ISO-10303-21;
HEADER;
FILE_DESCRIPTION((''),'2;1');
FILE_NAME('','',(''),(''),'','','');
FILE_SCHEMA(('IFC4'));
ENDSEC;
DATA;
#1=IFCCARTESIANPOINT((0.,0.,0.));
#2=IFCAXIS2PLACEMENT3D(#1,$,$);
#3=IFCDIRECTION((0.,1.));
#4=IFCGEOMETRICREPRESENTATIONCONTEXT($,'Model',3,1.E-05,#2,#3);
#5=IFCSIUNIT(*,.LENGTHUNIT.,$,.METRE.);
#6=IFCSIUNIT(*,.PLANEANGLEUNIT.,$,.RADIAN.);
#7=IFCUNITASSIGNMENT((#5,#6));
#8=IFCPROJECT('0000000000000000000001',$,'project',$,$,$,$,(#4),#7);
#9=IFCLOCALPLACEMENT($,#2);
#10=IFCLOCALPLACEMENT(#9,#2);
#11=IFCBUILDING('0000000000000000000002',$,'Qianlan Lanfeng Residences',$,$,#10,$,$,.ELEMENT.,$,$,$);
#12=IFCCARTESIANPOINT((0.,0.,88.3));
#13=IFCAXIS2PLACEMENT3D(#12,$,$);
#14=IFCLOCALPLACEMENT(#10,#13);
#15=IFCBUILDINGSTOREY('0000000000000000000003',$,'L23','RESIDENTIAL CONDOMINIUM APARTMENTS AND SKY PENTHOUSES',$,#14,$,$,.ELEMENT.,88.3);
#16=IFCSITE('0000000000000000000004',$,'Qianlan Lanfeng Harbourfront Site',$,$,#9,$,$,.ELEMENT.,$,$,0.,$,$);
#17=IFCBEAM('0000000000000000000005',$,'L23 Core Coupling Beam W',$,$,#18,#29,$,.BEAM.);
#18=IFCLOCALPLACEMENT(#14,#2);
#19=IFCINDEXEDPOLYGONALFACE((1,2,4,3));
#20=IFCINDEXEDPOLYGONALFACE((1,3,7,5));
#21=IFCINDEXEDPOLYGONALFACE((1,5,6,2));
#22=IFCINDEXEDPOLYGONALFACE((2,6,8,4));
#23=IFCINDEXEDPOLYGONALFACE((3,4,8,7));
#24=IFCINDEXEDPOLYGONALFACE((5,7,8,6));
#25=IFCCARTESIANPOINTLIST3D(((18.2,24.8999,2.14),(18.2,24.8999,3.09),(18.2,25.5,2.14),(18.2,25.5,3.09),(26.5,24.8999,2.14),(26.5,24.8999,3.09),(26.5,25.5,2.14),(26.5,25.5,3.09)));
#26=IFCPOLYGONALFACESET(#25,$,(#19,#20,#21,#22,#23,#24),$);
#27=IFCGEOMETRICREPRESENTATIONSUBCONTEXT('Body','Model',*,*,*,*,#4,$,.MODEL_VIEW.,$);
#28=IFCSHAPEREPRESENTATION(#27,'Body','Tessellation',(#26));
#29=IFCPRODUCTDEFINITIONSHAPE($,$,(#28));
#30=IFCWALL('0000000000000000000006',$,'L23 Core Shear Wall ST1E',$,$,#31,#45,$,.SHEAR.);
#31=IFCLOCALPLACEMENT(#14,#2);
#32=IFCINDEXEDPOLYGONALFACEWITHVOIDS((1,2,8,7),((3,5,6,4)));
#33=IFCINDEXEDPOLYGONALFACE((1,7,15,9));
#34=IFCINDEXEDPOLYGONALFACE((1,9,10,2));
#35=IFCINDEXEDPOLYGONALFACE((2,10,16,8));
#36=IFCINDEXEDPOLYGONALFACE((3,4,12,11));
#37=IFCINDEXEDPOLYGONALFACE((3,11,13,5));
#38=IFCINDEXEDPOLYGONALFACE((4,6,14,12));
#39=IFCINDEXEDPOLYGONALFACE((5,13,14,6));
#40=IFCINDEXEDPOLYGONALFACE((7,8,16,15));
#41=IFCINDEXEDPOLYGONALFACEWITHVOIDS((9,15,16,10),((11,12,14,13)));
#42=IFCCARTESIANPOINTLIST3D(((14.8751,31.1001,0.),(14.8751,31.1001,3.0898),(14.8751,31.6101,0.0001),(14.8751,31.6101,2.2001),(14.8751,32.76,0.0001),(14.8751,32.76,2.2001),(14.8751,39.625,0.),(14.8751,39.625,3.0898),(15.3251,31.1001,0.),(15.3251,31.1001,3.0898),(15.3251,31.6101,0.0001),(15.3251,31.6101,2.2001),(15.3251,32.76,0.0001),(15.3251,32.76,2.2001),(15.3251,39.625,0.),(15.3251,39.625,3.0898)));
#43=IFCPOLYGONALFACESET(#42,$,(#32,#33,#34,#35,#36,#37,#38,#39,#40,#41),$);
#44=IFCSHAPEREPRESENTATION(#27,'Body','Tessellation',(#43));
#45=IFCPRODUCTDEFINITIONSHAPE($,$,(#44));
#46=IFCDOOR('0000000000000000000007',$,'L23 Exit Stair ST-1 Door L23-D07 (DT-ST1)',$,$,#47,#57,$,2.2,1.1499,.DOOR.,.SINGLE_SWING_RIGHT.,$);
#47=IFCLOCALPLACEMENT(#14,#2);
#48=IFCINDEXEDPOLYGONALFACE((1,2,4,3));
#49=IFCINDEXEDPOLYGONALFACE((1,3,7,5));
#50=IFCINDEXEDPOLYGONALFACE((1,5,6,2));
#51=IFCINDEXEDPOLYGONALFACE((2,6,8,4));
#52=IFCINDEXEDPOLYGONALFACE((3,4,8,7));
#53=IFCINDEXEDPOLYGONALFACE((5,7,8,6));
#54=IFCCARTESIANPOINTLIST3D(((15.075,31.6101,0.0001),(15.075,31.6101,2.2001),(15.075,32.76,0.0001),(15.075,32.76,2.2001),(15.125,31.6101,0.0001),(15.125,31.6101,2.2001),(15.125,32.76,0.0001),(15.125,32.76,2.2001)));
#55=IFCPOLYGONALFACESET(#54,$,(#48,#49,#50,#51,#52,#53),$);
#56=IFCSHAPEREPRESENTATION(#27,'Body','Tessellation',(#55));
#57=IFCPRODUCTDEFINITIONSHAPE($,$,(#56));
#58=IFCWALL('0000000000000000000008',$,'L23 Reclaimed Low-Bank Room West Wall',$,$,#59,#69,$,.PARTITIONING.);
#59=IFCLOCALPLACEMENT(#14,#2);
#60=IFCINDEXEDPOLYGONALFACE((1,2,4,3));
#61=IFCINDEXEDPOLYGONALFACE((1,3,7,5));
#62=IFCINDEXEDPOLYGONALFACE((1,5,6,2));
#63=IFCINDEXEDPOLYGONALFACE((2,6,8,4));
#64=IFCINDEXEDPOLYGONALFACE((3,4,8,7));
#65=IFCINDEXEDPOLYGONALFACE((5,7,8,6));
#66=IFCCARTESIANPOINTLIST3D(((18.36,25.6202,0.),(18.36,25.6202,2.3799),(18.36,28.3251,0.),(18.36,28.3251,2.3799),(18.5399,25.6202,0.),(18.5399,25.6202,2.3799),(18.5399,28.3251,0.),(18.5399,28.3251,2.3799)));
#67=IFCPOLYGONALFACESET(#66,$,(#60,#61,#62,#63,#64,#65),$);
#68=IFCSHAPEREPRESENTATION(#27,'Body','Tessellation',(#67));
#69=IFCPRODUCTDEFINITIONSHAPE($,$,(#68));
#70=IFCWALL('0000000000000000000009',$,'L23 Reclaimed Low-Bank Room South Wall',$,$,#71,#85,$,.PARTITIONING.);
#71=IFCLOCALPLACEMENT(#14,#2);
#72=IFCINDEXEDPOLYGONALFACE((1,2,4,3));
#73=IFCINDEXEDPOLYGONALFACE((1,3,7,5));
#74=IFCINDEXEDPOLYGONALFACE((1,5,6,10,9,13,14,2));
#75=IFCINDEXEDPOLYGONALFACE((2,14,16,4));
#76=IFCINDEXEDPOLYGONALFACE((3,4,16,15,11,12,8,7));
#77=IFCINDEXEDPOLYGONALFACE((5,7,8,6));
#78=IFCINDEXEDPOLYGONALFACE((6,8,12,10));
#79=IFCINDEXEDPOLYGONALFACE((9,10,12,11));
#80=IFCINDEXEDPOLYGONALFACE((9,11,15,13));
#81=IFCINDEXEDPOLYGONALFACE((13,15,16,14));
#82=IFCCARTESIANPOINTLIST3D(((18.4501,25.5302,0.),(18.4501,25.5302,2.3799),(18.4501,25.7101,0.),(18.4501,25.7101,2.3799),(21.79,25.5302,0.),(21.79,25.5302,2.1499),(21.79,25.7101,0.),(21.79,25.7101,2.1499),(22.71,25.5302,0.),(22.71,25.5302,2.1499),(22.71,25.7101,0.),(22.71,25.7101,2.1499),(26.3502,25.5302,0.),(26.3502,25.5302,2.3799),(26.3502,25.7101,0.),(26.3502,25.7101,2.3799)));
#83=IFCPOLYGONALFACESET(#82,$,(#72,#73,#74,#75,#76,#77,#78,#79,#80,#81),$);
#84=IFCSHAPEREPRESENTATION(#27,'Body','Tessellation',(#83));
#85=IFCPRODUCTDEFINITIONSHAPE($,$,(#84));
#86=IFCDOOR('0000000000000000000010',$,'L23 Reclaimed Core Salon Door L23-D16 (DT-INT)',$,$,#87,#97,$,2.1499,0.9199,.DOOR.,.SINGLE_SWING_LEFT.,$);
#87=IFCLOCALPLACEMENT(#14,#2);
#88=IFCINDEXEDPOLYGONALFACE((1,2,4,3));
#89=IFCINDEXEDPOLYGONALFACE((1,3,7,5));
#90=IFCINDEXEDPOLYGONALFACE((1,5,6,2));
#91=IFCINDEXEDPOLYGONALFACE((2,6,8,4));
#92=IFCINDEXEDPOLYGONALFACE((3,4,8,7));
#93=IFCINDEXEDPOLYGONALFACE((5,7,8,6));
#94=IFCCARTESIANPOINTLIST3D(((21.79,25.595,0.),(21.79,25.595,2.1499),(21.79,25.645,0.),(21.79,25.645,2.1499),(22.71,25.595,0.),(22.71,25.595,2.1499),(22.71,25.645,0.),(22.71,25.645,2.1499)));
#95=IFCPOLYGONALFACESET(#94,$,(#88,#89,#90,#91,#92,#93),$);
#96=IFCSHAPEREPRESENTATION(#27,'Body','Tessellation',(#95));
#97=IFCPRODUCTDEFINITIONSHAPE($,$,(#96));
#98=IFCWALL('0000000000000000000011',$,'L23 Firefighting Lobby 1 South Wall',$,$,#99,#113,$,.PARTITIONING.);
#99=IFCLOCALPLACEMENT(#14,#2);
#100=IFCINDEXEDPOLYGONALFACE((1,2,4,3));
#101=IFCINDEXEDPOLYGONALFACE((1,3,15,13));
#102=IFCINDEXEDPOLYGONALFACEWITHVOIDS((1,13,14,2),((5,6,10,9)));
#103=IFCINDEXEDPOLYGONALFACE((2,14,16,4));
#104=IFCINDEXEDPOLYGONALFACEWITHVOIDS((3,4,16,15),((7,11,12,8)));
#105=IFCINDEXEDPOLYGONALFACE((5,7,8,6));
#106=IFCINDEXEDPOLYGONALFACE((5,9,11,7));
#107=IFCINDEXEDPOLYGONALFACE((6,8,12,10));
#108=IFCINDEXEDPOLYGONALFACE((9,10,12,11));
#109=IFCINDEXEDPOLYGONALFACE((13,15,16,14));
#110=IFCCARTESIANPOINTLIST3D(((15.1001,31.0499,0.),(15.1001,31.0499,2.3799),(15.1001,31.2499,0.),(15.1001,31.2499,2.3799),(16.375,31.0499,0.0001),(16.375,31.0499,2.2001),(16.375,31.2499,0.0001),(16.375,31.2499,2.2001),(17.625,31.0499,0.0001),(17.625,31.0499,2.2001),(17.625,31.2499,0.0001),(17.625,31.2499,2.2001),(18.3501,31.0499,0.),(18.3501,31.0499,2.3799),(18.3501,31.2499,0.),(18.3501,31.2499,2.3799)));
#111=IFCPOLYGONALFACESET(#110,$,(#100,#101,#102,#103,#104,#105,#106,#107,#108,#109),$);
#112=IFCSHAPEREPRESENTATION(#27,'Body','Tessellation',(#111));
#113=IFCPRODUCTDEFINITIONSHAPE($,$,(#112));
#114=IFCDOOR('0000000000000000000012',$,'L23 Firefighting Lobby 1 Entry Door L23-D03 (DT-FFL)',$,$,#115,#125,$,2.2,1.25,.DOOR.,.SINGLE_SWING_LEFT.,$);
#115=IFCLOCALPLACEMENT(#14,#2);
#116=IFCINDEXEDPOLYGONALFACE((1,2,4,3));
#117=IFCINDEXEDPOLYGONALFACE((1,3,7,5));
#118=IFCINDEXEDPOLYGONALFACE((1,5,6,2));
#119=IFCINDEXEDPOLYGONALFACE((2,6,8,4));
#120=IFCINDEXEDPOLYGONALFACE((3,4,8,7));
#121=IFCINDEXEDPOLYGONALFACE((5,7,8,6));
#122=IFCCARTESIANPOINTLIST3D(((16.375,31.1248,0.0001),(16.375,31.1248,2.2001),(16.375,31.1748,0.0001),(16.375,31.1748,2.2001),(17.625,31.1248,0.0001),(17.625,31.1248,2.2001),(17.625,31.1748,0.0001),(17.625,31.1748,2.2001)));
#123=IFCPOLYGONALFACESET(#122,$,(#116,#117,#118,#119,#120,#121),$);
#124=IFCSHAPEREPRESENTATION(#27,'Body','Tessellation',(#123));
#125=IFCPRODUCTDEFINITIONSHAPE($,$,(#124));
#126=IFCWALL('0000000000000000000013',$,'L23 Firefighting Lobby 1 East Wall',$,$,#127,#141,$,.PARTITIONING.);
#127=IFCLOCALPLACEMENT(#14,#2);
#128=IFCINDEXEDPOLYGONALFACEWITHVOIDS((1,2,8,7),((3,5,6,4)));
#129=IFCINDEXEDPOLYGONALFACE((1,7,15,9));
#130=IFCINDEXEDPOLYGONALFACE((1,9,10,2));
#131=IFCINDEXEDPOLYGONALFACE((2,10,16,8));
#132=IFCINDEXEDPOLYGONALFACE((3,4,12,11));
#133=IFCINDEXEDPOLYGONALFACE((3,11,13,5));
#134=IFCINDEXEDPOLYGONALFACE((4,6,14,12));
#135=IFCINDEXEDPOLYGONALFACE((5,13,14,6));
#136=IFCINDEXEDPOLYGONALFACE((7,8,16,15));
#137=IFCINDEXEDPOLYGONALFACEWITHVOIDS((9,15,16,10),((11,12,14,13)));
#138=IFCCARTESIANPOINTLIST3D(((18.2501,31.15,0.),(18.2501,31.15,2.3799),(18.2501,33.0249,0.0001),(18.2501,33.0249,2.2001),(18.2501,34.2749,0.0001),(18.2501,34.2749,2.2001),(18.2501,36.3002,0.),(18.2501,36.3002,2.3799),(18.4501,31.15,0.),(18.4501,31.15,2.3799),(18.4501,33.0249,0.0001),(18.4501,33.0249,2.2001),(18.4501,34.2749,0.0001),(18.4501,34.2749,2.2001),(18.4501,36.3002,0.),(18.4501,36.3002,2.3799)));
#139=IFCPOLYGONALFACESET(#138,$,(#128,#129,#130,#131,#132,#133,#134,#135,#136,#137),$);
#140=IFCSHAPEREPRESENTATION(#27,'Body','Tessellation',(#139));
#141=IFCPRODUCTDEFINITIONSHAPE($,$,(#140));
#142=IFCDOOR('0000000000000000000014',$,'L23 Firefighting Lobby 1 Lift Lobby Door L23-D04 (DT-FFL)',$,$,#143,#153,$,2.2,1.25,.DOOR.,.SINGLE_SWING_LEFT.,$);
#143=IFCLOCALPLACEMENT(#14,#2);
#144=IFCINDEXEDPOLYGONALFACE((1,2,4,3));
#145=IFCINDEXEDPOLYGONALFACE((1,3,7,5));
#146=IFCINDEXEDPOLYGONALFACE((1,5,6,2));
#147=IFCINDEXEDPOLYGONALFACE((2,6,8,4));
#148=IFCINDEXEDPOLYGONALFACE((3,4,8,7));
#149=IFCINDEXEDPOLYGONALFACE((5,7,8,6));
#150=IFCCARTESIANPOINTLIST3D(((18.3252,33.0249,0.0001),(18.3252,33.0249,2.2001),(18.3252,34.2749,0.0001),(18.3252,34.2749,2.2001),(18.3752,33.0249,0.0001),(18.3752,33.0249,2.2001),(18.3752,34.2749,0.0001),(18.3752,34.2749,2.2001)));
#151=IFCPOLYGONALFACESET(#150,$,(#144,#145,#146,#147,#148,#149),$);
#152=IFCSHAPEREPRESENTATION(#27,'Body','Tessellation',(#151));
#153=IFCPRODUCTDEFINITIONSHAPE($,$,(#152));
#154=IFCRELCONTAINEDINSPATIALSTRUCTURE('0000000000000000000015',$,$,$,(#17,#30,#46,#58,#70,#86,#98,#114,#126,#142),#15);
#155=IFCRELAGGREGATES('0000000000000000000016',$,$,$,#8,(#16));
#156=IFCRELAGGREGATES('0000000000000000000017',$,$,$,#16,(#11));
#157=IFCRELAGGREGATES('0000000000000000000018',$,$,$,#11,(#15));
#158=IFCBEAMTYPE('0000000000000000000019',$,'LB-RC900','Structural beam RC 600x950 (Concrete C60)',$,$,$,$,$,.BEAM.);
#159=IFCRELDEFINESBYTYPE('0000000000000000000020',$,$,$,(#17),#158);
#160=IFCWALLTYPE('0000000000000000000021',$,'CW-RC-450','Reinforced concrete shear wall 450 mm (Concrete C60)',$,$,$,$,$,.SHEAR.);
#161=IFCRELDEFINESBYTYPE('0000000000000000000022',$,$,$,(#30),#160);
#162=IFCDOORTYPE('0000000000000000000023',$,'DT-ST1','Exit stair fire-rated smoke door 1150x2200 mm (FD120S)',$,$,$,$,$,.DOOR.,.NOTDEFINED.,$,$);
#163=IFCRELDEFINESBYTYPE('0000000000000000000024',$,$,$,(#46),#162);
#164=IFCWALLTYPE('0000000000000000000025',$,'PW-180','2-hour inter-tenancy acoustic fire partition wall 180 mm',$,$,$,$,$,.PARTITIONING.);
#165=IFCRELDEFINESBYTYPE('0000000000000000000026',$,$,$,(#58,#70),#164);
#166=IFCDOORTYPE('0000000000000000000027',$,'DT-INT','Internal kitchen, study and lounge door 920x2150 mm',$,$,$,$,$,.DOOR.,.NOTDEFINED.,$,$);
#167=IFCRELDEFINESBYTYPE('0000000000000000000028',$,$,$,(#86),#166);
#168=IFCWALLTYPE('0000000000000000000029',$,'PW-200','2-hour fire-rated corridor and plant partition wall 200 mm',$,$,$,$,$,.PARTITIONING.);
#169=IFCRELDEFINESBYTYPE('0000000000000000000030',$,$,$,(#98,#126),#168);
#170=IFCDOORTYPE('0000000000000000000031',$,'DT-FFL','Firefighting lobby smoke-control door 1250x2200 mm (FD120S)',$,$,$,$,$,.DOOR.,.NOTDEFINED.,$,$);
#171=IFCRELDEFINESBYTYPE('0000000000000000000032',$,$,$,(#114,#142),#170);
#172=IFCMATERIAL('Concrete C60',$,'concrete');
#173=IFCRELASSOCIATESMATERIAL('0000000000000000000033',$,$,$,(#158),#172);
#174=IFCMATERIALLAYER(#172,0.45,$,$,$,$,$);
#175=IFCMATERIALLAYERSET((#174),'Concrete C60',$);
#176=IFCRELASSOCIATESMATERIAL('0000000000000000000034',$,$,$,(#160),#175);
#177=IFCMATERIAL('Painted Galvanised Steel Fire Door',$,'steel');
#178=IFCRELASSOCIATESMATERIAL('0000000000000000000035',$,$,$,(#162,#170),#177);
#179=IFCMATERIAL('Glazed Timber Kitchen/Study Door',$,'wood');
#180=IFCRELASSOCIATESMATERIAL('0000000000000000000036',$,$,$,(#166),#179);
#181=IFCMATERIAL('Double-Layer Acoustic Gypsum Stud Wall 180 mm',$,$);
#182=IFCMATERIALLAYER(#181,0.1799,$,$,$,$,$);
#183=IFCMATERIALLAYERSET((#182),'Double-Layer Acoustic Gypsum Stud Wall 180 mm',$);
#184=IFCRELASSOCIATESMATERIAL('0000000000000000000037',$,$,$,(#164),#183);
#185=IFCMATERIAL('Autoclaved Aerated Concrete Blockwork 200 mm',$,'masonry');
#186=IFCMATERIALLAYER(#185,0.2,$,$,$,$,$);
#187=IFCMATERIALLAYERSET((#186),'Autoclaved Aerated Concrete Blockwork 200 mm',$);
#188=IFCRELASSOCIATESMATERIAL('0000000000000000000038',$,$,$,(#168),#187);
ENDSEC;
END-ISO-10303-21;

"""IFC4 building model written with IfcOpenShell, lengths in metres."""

from ifc_helpers import new_model, si_unit, direction, frame, frame_2d, origin, origin_2d, place, context, subcontext, project, spatial, rectangle, extrude, material, layer, layer_set, material_profile, profile_set, type_object, element, fill, save


model = new_model("IFC4")

# Units and contexts
model_context = context("Model", 3, precision=1e-05, world=origin(), true_north=direction((0.0, 1.0)))
body_context = subcontext(model_context, "Body", "Model", "MODEL_VIEW")
ifc_project = project(units=[si_unit("LENGTHUNIT", "METRE"), si_unit("PLANEANGLEUNIT", "RADIAN")], contexts=[model_context])

# Site, building, storey
site_placement = place(None, origin())
site = spatial("IfcSite", under=ifc_project, at=site_placement, Name="Qianlan Lanfeng Harbourfront Site", CompositionType="ELEMENT", RefElevation=0.0)
building_placement = place(site_placement, origin())
building = spatial("IfcBuilding", under=site, at=building_placement, Name="Qianlan Lanfeng Residences", CompositionType="ELEMENT")
storey_placement = place(building_placement, frame((0.0, 0.0, 88.3)))
storey = spatial("IfcBuildingStorey", under=building, at=storey_placement, Name="L23", Description="RESIDENTIAL CONDOMINIUM APARTMENTS AND SKY PENTHOUSES", CompositionType="ELEMENT", Elevation=88.3)

# Beam
ifc_material_1 = material(Name="Concrete C60", Category="concrete")
ifc_material_profile = material_profile(ifc_material_1, rectangle(XDim=0.6001, YDim=0.95, at=origin_2d()), Name="RC 600x950")
ifc_profile_set = profile_set([ifc_material_profile], Name="Concrete C60")
beam_type = type_object("IfcBeamType", Name="LB-RC900", Description="Structural beam RC 600x950 (Concrete C60)", PredefinedType="BEAM", material=ifc_profile_set)
beam_placement = place(storey_placement, frame((18.2, 25.2, 2.615), z_axis=(1.0, 0.0, 0.0), x_axis=(0.0, 1.0, 0.0)))
element("IfcBeam", 1, at=beam_placement, inside=storey, type_object=beam_type, Name="L23 Core Coupling Beam W", PredefinedType="BEAM", context=body_context, shape_type="SweptSolid", body=[
    extrude(rectangle(XDim=0.6001, YDim=0.95, at=origin_2d()), origin(), (0.0, 0.0, 1.0), 8.3),
])

# Wall, opening, door
ifc_layer_1 = layer(ifc_material_1, 0.45)
ifc_layer_set_1 = layer_set([ifc_layer_1], Name="Concrete C60")
wall_type_1 = type_object("IfcWallType", Name="CW-RC-450", Description="Reinforced concrete shear wall 450 mm (Concrete C60)", PredefinedType="SHEAR", material=ifc_layer_set_1)
wall_1_placement = place(storey_placement, frame((15.1001, 31.1001, 0.0), z_axis=(0.0, 0.0, 1.0), x_axis=(0.0, 1.0, 0.0)))
wall_1 = element("IfcWall", 2, at=wall_1_placement, inside=storey, type_object=wall_type_1, Name="L23 Core Shear Wall ST1E", PredefinedType="SHEAR", context=body_context, shape_type="SweptSolid", body=[
    extrude(rectangle(XDim=8.5249, YDim=0.45, at=frame_2d((4.2625, 0.0))), origin(), (0.0, 0.0, 1.0), 3.0898),
])
opening_1_placement = place(wall_1_placement, frame((0.51, 0.0, 0.0)))
opening_1 = element("IfcOpeningElement", 3, at=opening_1_placement, cuts=wall_1, PredefinedType="OPENING", context=body_context, shape_type="SweptSolid", body=[
    extrude(rectangle(XDim=1.1499, YDim=2.2, at=frame_2d((0.575, 1.1001))), frame((0.0, 0.2349, 0.0), z_axis=(0.0, -1.0, 0.0), x_axis=(1.0, 0.0, 0.0)), (0.0, 0.0, 1.0), 0.47),
])
ifc_material_2 = material(Name="Painted Galvanised Steel Fire Door", Category="steel")
door_type_1 = type_object("IfcDoorType", Name="DT-ST1", Description="Exit stair fire-rated smoke door 1150x2200 mm (FD120S)", OperationType="NOTDEFINED", PredefinedType="DOOR", material=ifc_material_2)
door_1_placement = place(opening_1_placement, frame((1.1499, 0.0, 0.0), z_axis=(0.0, 0.0, 1.0), x_axis=(-1.0, 0.0, 0.0)))
door_1 = element("IfcDoor", 4, at=door_1_placement, inside=storey, type_object=door_type_1, Name="L23 Exit Stair ST-1 Door L23-D07 (DT-ST1)", OperationType="SINGLE_SWING_RIGHT", OverallHeight=2.2, OverallWidth=1.1499, PredefinedType="DOOR", context=body_context, shape_type="SweptSolid", body=[
    extrude(rectangle(XDim=1.1499, YDim=2.2, at=frame_2d((0.575, 1.1001))), frame((0.0, 0.0249, 0.0), z_axis=(0.0, -1.0, 0.0), x_axis=(1.0, 0.0, 0.0)), (0.0, 0.0, 1.0), 0.05),
])
fill(opening_1, door_1)

# Shared definitions
ifc_material_3 = material(Name="Glazed Timber Kitchen/Study Door", Category="wood")
door_type_2 = type_object("IfcDoorType", Name="DT-INT", Description="Internal kitchen, study and lounge door 920x2150 mm", OperationType="NOTDEFINED", PredefinedType="DOOR", material=ifc_material_3)

# Shared definitions
ifc_material_4 = material(Name="Double-Layer Acoustic Gypsum Stud Wall 180 mm")
ifc_layer_2 = layer(ifc_material_4, 0.1799)
ifc_layer_set_2 = layer_set([ifc_layer_2], Name="Double-Layer Acoustic Gypsum Stud Wall 180 mm")
wall_type_2 = type_object("IfcWallType", Name="PW-180", Description="2-hour inter-tenancy acoustic fire partition wall 180 mm", PredefinedType="PARTITIONING", material=ifc_layer_set_2)

# Wall
wall_2_placement = place(storey_placement, frame((18.45, 25.6201, 0.0), z_axis=(0.0, 0.0, 1.0), x_axis=(0.0, 1.0, 0.0)))
element("IfcWall", 5, at=wall_2_placement, inside=storey, type_object=wall_type_2, Name="L23 Reclaimed Low-Bank Room West Wall", PredefinedType="PARTITIONING", context=body_context, shape_type="SweptSolid", body=[
    extrude(rectangle(XDim=2.7048, YDim=0.1799, at=frame_2d((1.3525, 0.0))), origin(), (0.0, 0.0, 1.0), 2.3799),
])

# Walls, openings, doors
wall_3_placement = place(storey_placement, frame((18.45, 25.6201, 0.0), z_axis=(0.0, 0.0, 1.0), x_axis=(1.0, 0.0, 0.0)))
wall_3 = element("IfcWall", 6, at=wall_3_placement, inside=storey, type_object=wall_type_2, Name="L23 Reclaimed Low-Bank Room South Wall", PredefinedType="PARTITIONING", context=body_context, shape_type="SweptSolid", body=[
    extrude(rectangle(XDim=7.9001, YDim=0.1799, at=frame_2d((3.9502, 0.0))), origin(), (0.0, 0.0, 1.0), 2.3799),
])
opening_2_placement = place(wall_3_placement, frame((3.3401, 0.0, 0.0)))
opening_2 = element("IfcOpeningElement", 7, at=opening_2_placement, cuts=wall_3, PredefinedType="OPENING", context=body_context, shape_type="SweptSolid", body=[
    extrude(rectangle(XDim=0.9199, YDim=2.1499, at=frame_2d((0.46, 1.075))), frame((0.0, 0.1001, 0.0), z_axis=(0.0, -1.0, 0.0), x_axis=(1.0, 0.0, 0.0)), (0.0, 0.0, 1.0), 0.2),
])
door_2_placement = place(opening_2_placement, origin())
door_2 = element("IfcDoor", 8, at=door_2_placement, inside=storey, type_object=door_type_2, Name="L23 Reclaimed Core Salon Door L23-D16 (DT-INT)", OperationType="SINGLE_SWING_LEFT", OverallHeight=2.1499, OverallWidth=0.9199, PredefinedType="DOOR", context=body_context, shape_type="SweptSolid", body=[
    extrude(rectangle(XDim=0.9199, YDim=2.1499, at=frame_2d((0.46, 1.075))), frame((0.0, 0.0249, 0.0), z_axis=(0.0, -1.0, 0.0), x_axis=(1.0, 0.0, 0.0)), (0.0, 0.0, 1.0), 0.05),
])
fill(opening_2, door_2)
ifc_material_5 = material(Name="Autoclaved Aerated Concrete Blockwork 200 mm", Category="masonry")
ifc_layer_3 = layer(ifc_material_5, 0.2)
ifc_layer_set_3 = layer_set([ifc_layer_3], Name="Autoclaved Aerated Concrete Blockwork 200 mm")
wall_type_3 = type_object("IfcWallType", Name="PW-200", Description="2-hour fire-rated corridor and plant partition wall 200 mm", PredefinedType="PARTITIONING", material=ifc_layer_set_3)
wall_4_placement = place(storey_placement, frame((15.1001, 31.1499, 0.0), z_axis=(0.0, 0.0, 1.0), x_axis=(1.0, 0.0, 0.0)))
wall_4 = element("IfcWall", 9, at=wall_4_placement, inside=storey, type_object=wall_type_3, Name="L23 Firefighting Lobby 1 South Wall", PredefinedType="PARTITIONING", context=body_context, shape_type="SweptSolid", body=[
    extrude(rectangle(XDim=3.25, YDim=0.2, at=frame_2d((1.625, 0.0))), origin(), (0.0, 0.0, 1.0), 2.3799),
])
opening_3_placement = place(wall_4_placement, frame((1.2749, 0.0, 0.0)))
opening_3 = element("IfcOpeningElement", 10, at=opening_3_placement, cuts=wall_4, PredefinedType="OPENING", context=body_context, shape_type="SweptSolid", body=[
    extrude(rectangle(XDim=1.25, YDim=2.2, at=frame_2d((0.625, 1.1001))), frame((0.0, 0.1099, 0.0), z_axis=(0.0, -1.0, 0.0), x_axis=(1.0, 0.0, 0.0)), (0.0, 0.0, 1.0), 0.22),
])
door_type_3 = type_object("IfcDoorType", Name="DT-FFL", Description="Firefighting lobby smoke-control door 1250x2200 mm (FD120S)", OperationType="NOTDEFINED", PredefinedType="DOOR", material=ifc_material_2)
door_3_placement = place(opening_3_placement, origin())
door_3 = element("IfcDoor", 11, at=door_3_placement, inside=storey, type_object=door_type_3, Name="L23 Firefighting Lobby 1 Entry Door L23-D03 (DT-FFL)", OperationType="SINGLE_SWING_LEFT", OverallHeight=2.2, OverallWidth=1.25, PredefinedType="DOOR", context=body_context, shape_type="SweptSolid", body=[
    extrude(rectangle(XDim=1.25, YDim=2.2, at=frame_2d((0.625, 1.1001))), frame((0.0, 0.0249, 0.0), z_axis=(0.0, -1.0, 0.0), x_axis=(1.0, 0.0, 0.0)), (0.0, 0.0, 1.0), 0.05),
])
fill(opening_3, door_3)
wall_5_placement = place(storey_placement, frame((18.3501, 31.1499, 0.0), z_axis=(0.0, 0.0, 1.0), x_axis=(0.0, 1.0, 0.0)))
wall_5 = element("IfcWall", 12, at=wall_5_placement, inside=storey, type_object=wall_type_3, Name="L23 Firefighting Lobby 1 East Wall", PredefinedType="PARTITIONING", context=body_context, shape_type="SweptSolid", body=[
    extrude(rectangle(XDim=5.1501, YDim=0.2, at=frame_2d((2.5752, 0.0))), origin(), (0.0, 0.0, 1.0), 2.3799),
])
opening_4_placement = place(wall_5_placement, frame((1.875, 0.0, 0.0)))
opening_4 = element("IfcOpeningElement", 13, at=opening_4_placement, cuts=wall_5, PredefinedType="OPENING", context=body_context, shape_type="SweptSolid", body=[
    extrude(rectangle(XDim=1.25, YDim=2.2, at=frame_2d((0.625, 1.1001))), frame((0.0, 0.1099, 0.0), z_axis=(0.0, -1.0, 0.0), x_axis=(1.0, 0.0, 0.0)), (0.0, 0.0, 1.0), 0.22),
])
door_4_placement = place(opening_4_placement, origin())
door_4 = element("IfcDoor", 14, at=door_4_placement, inside=storey, type_object=door_type_3, Name="L23 Firefighting Lobby 1 Lift Lobby Door L23-D04 (DT-FFL)", OperationType="SINGLE_SWING_LEFT", OverallHeight=2.2, OverallWidth=1.25, PredefinedType="DOOR", context=body_context, shape_type="SweptSolid", body=[
    extrude(rectangle(XDim=1.25, YDim=2.2, at=frame_2d((0.625, 1.1001))), frame((0.0, 0.0249, 0.0), z_axis=(0.0, -1.0, 0.0), x_axis=(1.0, 0.0, 0.0)), (0.0, 0.0, 1.0), 0.05),
])
fill(opening_4, door_4)

save(model, "model.ifc")
